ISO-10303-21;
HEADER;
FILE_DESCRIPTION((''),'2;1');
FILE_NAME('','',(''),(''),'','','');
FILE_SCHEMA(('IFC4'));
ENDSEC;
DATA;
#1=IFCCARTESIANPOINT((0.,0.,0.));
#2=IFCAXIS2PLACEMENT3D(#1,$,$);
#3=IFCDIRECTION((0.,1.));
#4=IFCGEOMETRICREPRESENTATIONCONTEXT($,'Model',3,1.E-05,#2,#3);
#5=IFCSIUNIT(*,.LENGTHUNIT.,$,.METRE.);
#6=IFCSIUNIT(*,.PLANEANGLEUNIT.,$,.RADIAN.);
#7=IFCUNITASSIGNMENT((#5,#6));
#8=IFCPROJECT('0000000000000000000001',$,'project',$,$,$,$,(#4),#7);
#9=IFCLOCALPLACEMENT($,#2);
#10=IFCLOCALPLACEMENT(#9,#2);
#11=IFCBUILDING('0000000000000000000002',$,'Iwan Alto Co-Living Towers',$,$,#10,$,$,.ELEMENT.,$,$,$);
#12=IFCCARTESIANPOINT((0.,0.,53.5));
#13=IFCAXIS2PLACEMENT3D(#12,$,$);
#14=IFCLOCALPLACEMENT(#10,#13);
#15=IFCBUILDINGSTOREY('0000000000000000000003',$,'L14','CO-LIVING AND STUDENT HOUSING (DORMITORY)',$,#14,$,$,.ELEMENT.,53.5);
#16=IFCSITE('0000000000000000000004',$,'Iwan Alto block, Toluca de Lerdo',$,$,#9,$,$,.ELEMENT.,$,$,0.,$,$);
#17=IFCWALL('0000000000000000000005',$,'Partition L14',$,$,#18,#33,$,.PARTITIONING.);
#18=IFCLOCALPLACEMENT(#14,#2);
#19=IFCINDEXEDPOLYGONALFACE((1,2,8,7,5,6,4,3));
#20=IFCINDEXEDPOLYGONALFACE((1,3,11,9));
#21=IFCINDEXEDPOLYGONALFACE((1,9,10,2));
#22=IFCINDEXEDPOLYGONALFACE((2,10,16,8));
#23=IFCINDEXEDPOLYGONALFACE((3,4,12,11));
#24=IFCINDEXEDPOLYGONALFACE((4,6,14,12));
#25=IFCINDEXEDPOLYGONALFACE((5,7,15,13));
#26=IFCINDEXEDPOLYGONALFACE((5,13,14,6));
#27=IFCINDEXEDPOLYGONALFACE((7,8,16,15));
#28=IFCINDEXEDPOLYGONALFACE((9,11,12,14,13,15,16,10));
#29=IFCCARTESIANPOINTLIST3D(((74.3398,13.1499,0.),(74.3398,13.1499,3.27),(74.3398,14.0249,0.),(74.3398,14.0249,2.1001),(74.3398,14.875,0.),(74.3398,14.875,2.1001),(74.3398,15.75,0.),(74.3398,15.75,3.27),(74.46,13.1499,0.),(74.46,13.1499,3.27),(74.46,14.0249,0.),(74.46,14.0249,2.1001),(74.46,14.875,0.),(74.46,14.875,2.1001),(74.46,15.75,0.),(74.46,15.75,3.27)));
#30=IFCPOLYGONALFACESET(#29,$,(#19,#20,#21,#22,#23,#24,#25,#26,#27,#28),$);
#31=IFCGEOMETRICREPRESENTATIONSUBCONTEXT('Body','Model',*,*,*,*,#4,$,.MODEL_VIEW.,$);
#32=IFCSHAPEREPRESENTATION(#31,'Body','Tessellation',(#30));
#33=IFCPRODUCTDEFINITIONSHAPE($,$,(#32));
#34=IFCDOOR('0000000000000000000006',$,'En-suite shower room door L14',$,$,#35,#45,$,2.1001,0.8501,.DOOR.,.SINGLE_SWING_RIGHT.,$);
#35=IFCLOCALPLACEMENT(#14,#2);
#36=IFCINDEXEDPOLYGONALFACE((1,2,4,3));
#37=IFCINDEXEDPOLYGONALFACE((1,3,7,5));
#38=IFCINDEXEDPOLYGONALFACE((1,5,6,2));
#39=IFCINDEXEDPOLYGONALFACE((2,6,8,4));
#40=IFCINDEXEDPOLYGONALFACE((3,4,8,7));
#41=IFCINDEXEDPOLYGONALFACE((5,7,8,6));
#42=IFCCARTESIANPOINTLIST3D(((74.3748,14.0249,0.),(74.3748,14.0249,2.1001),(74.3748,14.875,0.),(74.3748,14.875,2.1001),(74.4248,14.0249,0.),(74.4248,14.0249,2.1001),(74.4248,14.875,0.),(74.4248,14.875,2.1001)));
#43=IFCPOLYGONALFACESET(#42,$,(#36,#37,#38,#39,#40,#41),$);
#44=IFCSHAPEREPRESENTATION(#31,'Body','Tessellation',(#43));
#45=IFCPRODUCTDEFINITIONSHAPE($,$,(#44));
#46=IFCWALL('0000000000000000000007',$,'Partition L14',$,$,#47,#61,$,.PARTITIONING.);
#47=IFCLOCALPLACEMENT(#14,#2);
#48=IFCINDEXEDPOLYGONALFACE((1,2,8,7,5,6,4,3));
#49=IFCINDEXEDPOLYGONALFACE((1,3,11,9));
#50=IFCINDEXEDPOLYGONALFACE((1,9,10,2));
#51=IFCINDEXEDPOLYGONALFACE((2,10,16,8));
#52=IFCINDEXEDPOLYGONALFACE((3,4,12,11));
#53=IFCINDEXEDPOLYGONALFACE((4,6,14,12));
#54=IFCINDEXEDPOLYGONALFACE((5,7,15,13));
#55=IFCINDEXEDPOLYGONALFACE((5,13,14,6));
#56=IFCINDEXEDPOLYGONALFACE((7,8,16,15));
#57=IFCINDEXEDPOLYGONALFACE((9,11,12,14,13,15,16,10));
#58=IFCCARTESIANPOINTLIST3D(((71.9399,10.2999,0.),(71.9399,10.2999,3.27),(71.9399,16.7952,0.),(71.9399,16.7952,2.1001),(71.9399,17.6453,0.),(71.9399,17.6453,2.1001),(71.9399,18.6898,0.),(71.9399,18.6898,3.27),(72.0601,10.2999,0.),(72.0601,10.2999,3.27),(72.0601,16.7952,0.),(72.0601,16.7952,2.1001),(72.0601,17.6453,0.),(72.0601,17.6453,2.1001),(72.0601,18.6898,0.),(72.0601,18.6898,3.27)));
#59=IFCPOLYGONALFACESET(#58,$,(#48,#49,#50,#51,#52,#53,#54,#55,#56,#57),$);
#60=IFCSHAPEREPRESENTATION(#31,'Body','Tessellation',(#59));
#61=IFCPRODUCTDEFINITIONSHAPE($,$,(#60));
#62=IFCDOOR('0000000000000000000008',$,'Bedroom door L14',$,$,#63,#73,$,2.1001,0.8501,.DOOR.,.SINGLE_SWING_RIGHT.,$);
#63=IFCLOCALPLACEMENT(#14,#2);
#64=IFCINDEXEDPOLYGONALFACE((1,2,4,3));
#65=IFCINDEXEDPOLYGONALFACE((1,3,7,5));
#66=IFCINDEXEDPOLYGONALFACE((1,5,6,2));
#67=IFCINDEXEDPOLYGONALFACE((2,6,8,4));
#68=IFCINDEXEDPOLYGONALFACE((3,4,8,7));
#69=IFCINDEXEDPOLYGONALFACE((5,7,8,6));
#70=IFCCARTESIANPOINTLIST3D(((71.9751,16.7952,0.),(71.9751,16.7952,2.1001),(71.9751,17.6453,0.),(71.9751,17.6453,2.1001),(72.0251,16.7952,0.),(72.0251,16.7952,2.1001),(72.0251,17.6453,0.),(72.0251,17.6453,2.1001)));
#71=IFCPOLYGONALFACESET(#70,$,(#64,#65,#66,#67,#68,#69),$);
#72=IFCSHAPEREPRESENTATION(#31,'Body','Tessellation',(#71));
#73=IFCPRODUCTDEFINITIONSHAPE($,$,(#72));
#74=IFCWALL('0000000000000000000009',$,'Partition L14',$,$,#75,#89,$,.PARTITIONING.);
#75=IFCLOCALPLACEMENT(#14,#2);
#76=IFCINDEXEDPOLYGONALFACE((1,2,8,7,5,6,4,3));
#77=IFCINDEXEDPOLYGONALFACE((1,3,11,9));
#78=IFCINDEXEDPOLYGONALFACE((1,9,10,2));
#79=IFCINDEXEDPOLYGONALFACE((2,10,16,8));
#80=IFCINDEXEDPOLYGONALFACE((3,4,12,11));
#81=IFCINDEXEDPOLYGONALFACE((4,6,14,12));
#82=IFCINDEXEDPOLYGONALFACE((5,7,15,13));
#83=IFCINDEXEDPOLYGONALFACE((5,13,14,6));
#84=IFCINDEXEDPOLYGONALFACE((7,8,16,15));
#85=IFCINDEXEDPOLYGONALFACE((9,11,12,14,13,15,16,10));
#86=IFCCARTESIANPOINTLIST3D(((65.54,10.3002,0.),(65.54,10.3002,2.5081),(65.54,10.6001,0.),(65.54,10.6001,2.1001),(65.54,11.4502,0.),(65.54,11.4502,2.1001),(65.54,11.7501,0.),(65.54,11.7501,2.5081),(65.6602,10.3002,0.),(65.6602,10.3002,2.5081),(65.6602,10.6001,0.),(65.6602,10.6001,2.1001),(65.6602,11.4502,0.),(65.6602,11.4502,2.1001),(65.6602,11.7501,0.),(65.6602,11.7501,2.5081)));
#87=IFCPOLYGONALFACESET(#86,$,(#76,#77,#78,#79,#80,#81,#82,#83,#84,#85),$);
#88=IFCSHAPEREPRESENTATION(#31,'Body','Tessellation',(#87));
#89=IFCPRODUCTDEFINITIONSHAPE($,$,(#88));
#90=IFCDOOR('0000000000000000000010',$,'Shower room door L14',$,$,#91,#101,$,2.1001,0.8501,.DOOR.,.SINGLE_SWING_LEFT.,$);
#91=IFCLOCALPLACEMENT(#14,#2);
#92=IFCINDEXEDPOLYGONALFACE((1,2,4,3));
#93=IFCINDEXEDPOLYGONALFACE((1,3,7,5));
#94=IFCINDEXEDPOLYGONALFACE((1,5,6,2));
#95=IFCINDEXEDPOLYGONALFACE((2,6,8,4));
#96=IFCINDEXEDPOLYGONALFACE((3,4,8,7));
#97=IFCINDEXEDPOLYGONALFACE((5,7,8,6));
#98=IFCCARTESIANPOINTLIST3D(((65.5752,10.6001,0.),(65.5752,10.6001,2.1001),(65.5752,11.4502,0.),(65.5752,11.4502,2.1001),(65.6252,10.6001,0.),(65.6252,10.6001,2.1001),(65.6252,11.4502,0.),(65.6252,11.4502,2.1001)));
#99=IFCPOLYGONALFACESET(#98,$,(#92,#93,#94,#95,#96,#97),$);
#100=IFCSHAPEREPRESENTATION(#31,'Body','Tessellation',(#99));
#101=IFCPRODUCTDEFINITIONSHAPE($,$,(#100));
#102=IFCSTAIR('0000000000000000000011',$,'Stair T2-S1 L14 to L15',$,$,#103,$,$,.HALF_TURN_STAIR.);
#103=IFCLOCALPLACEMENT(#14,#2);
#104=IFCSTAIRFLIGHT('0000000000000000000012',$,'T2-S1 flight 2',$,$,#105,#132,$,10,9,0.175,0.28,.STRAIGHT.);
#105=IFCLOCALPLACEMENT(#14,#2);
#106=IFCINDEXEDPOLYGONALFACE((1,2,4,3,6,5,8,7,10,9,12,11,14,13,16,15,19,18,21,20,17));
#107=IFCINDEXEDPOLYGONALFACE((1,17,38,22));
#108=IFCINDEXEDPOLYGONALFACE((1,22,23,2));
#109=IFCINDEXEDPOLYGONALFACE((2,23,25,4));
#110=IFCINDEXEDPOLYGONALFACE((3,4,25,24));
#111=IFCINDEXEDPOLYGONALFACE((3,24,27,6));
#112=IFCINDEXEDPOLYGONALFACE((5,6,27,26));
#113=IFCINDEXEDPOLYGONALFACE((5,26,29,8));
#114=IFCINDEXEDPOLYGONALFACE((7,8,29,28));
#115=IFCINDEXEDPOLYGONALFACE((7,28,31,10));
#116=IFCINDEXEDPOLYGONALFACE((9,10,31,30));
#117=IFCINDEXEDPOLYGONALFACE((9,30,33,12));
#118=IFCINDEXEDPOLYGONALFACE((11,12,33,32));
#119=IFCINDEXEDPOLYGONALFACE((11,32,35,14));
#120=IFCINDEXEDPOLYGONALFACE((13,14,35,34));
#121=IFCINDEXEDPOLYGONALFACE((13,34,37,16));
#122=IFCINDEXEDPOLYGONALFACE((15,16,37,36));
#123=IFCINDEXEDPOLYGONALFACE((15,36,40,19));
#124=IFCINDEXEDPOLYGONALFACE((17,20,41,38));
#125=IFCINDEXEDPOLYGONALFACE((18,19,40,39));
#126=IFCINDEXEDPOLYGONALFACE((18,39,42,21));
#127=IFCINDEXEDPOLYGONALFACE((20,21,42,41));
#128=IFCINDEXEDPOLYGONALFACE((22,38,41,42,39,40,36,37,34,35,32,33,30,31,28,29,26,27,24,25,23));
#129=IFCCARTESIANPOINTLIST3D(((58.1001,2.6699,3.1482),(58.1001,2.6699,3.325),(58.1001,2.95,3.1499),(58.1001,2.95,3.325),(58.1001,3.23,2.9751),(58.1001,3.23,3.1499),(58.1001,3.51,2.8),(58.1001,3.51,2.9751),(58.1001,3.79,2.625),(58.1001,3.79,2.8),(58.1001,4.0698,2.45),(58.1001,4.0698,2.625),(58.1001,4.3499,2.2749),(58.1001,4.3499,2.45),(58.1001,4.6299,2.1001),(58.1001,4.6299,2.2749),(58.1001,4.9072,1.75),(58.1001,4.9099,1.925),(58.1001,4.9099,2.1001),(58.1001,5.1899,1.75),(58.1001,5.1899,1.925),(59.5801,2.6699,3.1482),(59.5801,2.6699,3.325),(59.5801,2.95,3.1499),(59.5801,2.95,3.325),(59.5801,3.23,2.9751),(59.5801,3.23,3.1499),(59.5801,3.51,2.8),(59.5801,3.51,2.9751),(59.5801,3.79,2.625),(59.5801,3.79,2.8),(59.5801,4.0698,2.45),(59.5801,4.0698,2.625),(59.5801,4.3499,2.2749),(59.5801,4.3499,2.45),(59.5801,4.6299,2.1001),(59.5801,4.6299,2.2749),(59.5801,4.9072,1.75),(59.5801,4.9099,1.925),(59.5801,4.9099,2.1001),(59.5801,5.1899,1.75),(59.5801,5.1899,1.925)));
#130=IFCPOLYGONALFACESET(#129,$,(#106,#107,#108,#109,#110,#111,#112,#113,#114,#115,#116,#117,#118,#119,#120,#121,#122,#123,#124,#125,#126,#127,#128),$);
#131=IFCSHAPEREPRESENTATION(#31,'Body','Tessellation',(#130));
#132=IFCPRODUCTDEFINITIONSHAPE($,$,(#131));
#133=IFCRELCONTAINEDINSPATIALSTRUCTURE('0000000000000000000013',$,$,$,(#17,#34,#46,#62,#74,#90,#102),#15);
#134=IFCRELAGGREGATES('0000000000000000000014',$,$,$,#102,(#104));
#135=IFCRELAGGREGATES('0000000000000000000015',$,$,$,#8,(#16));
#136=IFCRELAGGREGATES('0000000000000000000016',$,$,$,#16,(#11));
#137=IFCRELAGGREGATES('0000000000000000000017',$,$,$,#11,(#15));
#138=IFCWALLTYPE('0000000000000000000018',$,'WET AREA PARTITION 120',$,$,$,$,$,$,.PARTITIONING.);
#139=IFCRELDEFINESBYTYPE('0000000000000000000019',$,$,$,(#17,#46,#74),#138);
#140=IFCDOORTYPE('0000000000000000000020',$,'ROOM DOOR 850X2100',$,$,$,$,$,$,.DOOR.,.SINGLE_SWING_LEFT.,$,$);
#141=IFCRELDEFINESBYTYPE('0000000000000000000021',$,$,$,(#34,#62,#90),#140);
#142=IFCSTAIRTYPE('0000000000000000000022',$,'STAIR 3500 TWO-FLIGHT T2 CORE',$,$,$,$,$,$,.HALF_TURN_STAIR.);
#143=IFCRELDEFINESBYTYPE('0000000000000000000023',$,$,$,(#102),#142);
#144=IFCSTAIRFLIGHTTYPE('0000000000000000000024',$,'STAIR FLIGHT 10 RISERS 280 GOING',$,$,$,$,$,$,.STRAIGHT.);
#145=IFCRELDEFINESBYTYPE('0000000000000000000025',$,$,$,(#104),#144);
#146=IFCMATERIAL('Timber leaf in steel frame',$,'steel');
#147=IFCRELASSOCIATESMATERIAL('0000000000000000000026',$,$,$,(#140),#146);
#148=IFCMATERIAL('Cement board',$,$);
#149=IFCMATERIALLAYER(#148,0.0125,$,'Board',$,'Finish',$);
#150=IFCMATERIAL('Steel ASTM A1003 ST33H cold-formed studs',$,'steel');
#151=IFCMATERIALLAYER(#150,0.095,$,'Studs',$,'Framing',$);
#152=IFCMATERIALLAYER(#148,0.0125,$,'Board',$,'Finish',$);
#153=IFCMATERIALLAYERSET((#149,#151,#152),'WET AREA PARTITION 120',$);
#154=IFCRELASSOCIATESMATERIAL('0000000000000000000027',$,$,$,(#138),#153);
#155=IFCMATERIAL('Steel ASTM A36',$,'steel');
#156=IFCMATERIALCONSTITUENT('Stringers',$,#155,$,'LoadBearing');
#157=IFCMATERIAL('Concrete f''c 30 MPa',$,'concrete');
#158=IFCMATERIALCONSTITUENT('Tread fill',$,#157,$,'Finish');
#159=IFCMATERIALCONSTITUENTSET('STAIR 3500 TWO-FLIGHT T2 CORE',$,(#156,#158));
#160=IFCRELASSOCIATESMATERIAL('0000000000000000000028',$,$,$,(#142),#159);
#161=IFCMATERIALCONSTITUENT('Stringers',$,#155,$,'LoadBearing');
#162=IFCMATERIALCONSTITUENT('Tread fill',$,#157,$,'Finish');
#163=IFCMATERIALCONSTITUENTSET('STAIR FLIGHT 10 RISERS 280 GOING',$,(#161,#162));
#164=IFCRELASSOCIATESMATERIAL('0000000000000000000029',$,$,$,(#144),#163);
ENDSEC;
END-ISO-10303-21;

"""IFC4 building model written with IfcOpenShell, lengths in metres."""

from ifc_helpers import new_model, si_unit, direction, frame, frame_2d, origin, place, context, subcontext, project, spatial, polyline, rectangle, outline, extrude, material, layer, layer_set, constituent, constituent_set, type_object, element, fill, aggregate, save


model = new_model("IFC4")

# Units and contexts
model_context = context("Model", 3, precision=1e-05, world=origin(), true_north=direction((0.0, 1.0)))
body_context = subcontext(model_context, "Body", "Model", "MODEL_VIEW")
ifc_project = project(units=[si_unit("LENGTHUNIT", "METRE"), si_unit("PLANEANGLEUNIT", "RADIAN")], contexts=[model_context])

# Site, building, storey
site_placement = place(None, origin())
site = spatial("IfcSite", under=ifc_project, at=site_placement, Name="Iwan Alto block, Toluca de Lerdo", CompositionType="ELEMENT", RefElevation=0.0)
building_placement = place(site_placement, origin())
building = spatial("IfcBuilding", under=site, at=building_placement, Name="Iwan Alto Co-Living Towers", CompositionType="ELEMENT")
storey_placement = place(building_placement, frame((0.0, 0.0, 53.5)))
storey = spatial("IfcBuildingStorey", under=building, at=storey_placement, Name="L14", Description="CO-LIVING AND STUDENT HOUSING (DORMITORY)", CompositionType="ELEMENT", Elevation=53.5)

# Shared definitions
ifc_material_1 = material(Name="Steel ASTM A1003 ST33H cold-formed studs", Category="steel")
ifc_material_2 = material(Name="Timber leaf in steel frame", Category="steel")
door_type_1 = type_object("IfcDoorType", Name="ROOM DOOR 850X2100", OperationType="SINGLE_SWING_LEFT", PredefinedType="DOOR", material=ifc_material_2)

# Shared definitions
ifc_material_3 = material(Name="Cement board")
ifc_layer_1 = layer(ifc_material_3, 0.0125, Name="Board", Category="Finish")
ifc_layer_2 = layer(ifc_material_1, 0.095, Name="Studs", Category="Framing")
ifc_layer_3 = layer(ifc_material_3, 0.0125, Name="Board", Category="Finish")
ifc_layer_set_1 = layer_set([ifc_layer_1, ifc_layer_2, ifc_layer_3], Name="WET AREA PARTITION 120")
wall_type_1 = type_object("IfcWallType", Name="WET AREA PARTITION 120", PredefinedType="PARTITIONING", material=ifc_layer_set_1)

# Walls, openings, doors
wall_1_placement = place(storey_placement, frame((74.3999, 13.1499, 0.0), z_axis=(0.0, 0.0, 1.0), x_axis=(0.0, 1.0, 0.0)))
wall_1 = element("IfcWall", 1, at=wall_1_placement, inside=storey, type_object=wall_type_1, Name="Partition L14", PredefinedType="PARTITIONING", context=body_context, shape_type="SweptSolid", body=[
    extrude(rectangle(XDim=2.6001, YDim=0.1201, at=frame_2d((1.3, 0.0))), origin(), (0.0, 0.0, 1.0), 3.27),
])
opening_1_placement = place(wall_1_placement, frame((0.875, 0.0, 0.0)))
opening_1 = element("IfcOpeningElement", 2, at=opening_1_placement, cuts=wall_1, PredefinedType="OPENING", context=body_context, shape_type="SweptSolid", body=[
    extrude(rectangle(XDim=0.8501, YDim=2.1001, at=frame_2d((0.425, 1.05))), frame((0.0, 0.0701, 0.0), z_axis=(0.0, -1.0, 0.0), x_axis=(1.0, 0.0, 0.0)), (0.0, 0.0, 1.0), 0.1401),
])
door_1_placement = place(opening_1_placement, frame((0.8501, 0.0, 0.0), z_axis=(0.0, 0.0, 1.0), x_axis=(-1.0, 0.0, 0.0)))
door_1 = element("IfcDoor", 3, at=door_1_placement, inside=storey, type_object=door_type_1, Name="En-suite shower room door L14", OperationType="SINGLE_SWING_RIGHT", OverallHeight=2.1001, OverallWidth=0.8501, PredefinedType="DOOR", context=body_context, shape_type="SweptSolid", body=[
    extrude(rectangle(XDim=0.8501, YDim=2.1001, at=frame_2d((0.425, 1.05))), frame((0.0, 0.0249, 0.0), z_axis=(0.0, -1.0, 0.0), x_axis=(1.0, 0.0, 0.0)), (0.0, 0.0, 1.0), 0.05),
])
fill(opening_1, door_1)
wall_2_placement = place(storey_placement, frame((72.0, 10.3, 0.0), z_axis=(0.0, 0.0, 1.0), x_axis=(0.0, 1.0, 0.0)))
wall_2 = element("IfcWall", 4, at=wall_2_placement, inside=storey, type_object=wall_type_1, Name="Partition L14", PredefinedType="PARTITIONING", context=body_context, shape_type="SweptSolid", body=[
    extrude(rectangle(XDim=8.3899, YDim=0.1201, at=frame_2d((4.1948, 0.0))), origin(), (0.0, 0.0, 1.0), 3.27),
])
opening_2_placement = place(wall_2_placement, frame((6.4951, 0.0, 0.0)))
opening_2 = element("IfcOpeningElement", 5, at=opening_2_placement, cuts=wall_2, PredefinedType="OPENING", context=body_context, shape_type="SweptSolid", body=[
    extrude(rectangle(XDim=0.8501, YDim=2.1001, at=frame_2d((0.425, 1.05))), frame((0.0, 0.0701, 0.0), z_axis=(0.0, -1.0, 0.0), x_axis=(1.0, 0.0, 0.0)), (0.0, 0.0, 1.0), 0.1401),
])
door_2_placement = place(opening_2_placement, origin())
door_2 = element("IfcDoor", 6, at=door_2_placement, inside=storey, type_object=door_type_1, Name="Bedroom door L14", OperationType="SINGLE_SWING_RIGHT", OverallHeight=2.1001, OverallWidth=0.8501, PredefinedType="DOOR", context=body_context, shape_type="SweptSolid", body=[
    extrude(rectangle(XDim=0.8501, YDim=2.1001, at=frame_2d((0.425, 1.05))), frame((0.0, 0.0249, 0.0), z_axis=(0.0, -1.0, 0.0), x_axis=(1.0, 0.0, 0.0)), (0.0, 0.0, 1.0), 0.05),
])
fill(opening_2, door_2)
wall_3_placement = place(storey_placement, frame((65.6001, 10.3, 0.0), z_axis=(0.0, 0.0, 1.0), x_axis=(0.0, 1.0, 0.0)))
wall_3 = element("IfcWall", 7, at=wall_3_placement, inside=storey, type_object=wall_type_1, Name="Partition L14", PredefinedType="PARTITIONING", context=body_context, shape_type="SweptSolid", body=[
    extrude(rectangle(XDim=1.45, YDim=0.1201, at=frame_2d((0.7251, 0.0))), origin(), (0.0, 0.0, 1.0), 2.5081),
])
opening_3_placement = place(wall_3_placement, frame((0.3, 0.0, 0.0)))
opening_3 = element("IfcOpeningElement", 8, at=opening_3_placement, cuts=wall_3, PredefinedType="OPENING", context=body_context, shape_type="SweptSolid", body=[
    extrude(rectangle(XDim=0.8501, YDim=2.1001, at=frame_2d((0.425, 1.05))), frame((0.0, 0.0701, 0.0), z_axis=(0.0, -1.0, 0.0), x_axis=(1.0, 0.0, 0.0)), (0.0, 0.0, 1.0), 0.1401),
])
door_3_placement = place(opening_3_placement, origin())
door_3 = element("IfcDoor", 9, at=door_3_placement, inside=storey, type_object=door_type_1, Name="Shower room door L14", OperationType="SINGLE_SWING_LEFT", OverallHeight=2.1001, OverallWidth=0.8501, PredefinedType="DOOR", context=body_context, shape_type="SweptSolid", body=[
    extrude(rectangle(XDim=0.8501, YDim=2.1001, at=frame_2d((0.425, 1.05))), frame((0.0, 0.0249, 0.0), z_axis=(0.0, -1.0, 0.0), x_axis=(1.0, 0.0, 0.0)), (0.0, 0.0, 1.0), 0.05),
])
fill(opening_3, door_3)

# Stair, stair flight
ifc_material_4 = material(Name="Steel ASTM A36", Category="steel")
ifc_constituent_1 = constituent(ifc_material_4, Name="Stringers", Category="LoadBearing")
ifc_material_5 = material(Name="Concrete f'c 30 MPa", Category="concrete")
ifc_constituent_2 = constituent(ifc_material_5, Name="Tread fill", Category="Finish")
ifc_constituent_set_1 = constituent_set(constituents=[ifc_constituent_1, ifc_constituent_2], Name="STAIR 3500 TWO-FLIGHT T2 CORE")
stair_type = type_object("IfcStairType", Name="STAIR 3500 TWO-FLIGHT T2 CORE", PredefinedType="HALF_TURN_STAIR", material=ifc_constituent_set_1)
stair_placement = place(storey_placement, origin())
stair = element("IfcStair", 10, at=stair_placement, inside=storey, type_object=stair_type, Name="Stair T2-S1 L14 to L15", PredefinedType="HALF_TURN_STAIR")
ifc_constituent_3 = constituent(ifc_material_4, Name="Stringers", Category="LoadBearing")
ifc_constituent_4 = constituent(ifc_material_5, Name="Tread fill", Category="Finish")
ifc_constituent_set_2 = constituent_set(constituents=[ifc_constituent_3, ifc_constituent_4], Name="STAIR FLIGHT 10 RISERS 280 GOING")
stair_flight_type = type_object("IfcStairFlightType", Name="STAIR FLIGHT 10 RISERS 280 GOING", PredefinedType="STRAIGHT", material=ifc_constituent_set_2)
stair_flight_placement = place(storey_placement, frame((58.8401, 5.1899, 1.75), z_axis=(0.0, 0.0, 1.0), x_axis=(0.0, -1.0, 0.0)))
stair_flight = element("IfcStairFlight", 11, at=stair_flight_placement, type_object=stair_flight_type, Name="T2-S1 flight 2", NumberOfRisers=10, NumberOfTreads=9, PredefinedType="STRAIGHT", RiserHeight=0.175, TreadLength=0.28, context=body_context, shape_type="SweptSolid", body=[
    extrude(outline(polyline([(0.0, 0.0), (0.0, 0.175), (0.28, 0.175), (0.28, 0.3501), (0.5601, 0.3501), (0.5601, 0.5249), (0.8401, 0.5249), (0.8401, 0.7), (1.1201, 0.7), (1.1201, 0.875), (1.3999, 0.875), (1.3999, 1.05), (1.6799, 1.05), (1.6799, 1.2251), (1.96, 1.2251), (1.96, 1.3999), (2.24, 1.3999), (2.24, 1.575), (2.52, 1.575), (2.52, 1.75), (2.52, 1.3982), (0.2827, 0.0), (0.0, 0.0)])), frame((0.0, 0.74, 0.0), z_axis=(0.0, -1.0, 0.0), x_axis=(1.0, 0.0, 0.0)), (0.0, 0.0, 1.0), 1.48),
])
aggregate(stair, [stair_flight])

save(model, "model.ifc")
